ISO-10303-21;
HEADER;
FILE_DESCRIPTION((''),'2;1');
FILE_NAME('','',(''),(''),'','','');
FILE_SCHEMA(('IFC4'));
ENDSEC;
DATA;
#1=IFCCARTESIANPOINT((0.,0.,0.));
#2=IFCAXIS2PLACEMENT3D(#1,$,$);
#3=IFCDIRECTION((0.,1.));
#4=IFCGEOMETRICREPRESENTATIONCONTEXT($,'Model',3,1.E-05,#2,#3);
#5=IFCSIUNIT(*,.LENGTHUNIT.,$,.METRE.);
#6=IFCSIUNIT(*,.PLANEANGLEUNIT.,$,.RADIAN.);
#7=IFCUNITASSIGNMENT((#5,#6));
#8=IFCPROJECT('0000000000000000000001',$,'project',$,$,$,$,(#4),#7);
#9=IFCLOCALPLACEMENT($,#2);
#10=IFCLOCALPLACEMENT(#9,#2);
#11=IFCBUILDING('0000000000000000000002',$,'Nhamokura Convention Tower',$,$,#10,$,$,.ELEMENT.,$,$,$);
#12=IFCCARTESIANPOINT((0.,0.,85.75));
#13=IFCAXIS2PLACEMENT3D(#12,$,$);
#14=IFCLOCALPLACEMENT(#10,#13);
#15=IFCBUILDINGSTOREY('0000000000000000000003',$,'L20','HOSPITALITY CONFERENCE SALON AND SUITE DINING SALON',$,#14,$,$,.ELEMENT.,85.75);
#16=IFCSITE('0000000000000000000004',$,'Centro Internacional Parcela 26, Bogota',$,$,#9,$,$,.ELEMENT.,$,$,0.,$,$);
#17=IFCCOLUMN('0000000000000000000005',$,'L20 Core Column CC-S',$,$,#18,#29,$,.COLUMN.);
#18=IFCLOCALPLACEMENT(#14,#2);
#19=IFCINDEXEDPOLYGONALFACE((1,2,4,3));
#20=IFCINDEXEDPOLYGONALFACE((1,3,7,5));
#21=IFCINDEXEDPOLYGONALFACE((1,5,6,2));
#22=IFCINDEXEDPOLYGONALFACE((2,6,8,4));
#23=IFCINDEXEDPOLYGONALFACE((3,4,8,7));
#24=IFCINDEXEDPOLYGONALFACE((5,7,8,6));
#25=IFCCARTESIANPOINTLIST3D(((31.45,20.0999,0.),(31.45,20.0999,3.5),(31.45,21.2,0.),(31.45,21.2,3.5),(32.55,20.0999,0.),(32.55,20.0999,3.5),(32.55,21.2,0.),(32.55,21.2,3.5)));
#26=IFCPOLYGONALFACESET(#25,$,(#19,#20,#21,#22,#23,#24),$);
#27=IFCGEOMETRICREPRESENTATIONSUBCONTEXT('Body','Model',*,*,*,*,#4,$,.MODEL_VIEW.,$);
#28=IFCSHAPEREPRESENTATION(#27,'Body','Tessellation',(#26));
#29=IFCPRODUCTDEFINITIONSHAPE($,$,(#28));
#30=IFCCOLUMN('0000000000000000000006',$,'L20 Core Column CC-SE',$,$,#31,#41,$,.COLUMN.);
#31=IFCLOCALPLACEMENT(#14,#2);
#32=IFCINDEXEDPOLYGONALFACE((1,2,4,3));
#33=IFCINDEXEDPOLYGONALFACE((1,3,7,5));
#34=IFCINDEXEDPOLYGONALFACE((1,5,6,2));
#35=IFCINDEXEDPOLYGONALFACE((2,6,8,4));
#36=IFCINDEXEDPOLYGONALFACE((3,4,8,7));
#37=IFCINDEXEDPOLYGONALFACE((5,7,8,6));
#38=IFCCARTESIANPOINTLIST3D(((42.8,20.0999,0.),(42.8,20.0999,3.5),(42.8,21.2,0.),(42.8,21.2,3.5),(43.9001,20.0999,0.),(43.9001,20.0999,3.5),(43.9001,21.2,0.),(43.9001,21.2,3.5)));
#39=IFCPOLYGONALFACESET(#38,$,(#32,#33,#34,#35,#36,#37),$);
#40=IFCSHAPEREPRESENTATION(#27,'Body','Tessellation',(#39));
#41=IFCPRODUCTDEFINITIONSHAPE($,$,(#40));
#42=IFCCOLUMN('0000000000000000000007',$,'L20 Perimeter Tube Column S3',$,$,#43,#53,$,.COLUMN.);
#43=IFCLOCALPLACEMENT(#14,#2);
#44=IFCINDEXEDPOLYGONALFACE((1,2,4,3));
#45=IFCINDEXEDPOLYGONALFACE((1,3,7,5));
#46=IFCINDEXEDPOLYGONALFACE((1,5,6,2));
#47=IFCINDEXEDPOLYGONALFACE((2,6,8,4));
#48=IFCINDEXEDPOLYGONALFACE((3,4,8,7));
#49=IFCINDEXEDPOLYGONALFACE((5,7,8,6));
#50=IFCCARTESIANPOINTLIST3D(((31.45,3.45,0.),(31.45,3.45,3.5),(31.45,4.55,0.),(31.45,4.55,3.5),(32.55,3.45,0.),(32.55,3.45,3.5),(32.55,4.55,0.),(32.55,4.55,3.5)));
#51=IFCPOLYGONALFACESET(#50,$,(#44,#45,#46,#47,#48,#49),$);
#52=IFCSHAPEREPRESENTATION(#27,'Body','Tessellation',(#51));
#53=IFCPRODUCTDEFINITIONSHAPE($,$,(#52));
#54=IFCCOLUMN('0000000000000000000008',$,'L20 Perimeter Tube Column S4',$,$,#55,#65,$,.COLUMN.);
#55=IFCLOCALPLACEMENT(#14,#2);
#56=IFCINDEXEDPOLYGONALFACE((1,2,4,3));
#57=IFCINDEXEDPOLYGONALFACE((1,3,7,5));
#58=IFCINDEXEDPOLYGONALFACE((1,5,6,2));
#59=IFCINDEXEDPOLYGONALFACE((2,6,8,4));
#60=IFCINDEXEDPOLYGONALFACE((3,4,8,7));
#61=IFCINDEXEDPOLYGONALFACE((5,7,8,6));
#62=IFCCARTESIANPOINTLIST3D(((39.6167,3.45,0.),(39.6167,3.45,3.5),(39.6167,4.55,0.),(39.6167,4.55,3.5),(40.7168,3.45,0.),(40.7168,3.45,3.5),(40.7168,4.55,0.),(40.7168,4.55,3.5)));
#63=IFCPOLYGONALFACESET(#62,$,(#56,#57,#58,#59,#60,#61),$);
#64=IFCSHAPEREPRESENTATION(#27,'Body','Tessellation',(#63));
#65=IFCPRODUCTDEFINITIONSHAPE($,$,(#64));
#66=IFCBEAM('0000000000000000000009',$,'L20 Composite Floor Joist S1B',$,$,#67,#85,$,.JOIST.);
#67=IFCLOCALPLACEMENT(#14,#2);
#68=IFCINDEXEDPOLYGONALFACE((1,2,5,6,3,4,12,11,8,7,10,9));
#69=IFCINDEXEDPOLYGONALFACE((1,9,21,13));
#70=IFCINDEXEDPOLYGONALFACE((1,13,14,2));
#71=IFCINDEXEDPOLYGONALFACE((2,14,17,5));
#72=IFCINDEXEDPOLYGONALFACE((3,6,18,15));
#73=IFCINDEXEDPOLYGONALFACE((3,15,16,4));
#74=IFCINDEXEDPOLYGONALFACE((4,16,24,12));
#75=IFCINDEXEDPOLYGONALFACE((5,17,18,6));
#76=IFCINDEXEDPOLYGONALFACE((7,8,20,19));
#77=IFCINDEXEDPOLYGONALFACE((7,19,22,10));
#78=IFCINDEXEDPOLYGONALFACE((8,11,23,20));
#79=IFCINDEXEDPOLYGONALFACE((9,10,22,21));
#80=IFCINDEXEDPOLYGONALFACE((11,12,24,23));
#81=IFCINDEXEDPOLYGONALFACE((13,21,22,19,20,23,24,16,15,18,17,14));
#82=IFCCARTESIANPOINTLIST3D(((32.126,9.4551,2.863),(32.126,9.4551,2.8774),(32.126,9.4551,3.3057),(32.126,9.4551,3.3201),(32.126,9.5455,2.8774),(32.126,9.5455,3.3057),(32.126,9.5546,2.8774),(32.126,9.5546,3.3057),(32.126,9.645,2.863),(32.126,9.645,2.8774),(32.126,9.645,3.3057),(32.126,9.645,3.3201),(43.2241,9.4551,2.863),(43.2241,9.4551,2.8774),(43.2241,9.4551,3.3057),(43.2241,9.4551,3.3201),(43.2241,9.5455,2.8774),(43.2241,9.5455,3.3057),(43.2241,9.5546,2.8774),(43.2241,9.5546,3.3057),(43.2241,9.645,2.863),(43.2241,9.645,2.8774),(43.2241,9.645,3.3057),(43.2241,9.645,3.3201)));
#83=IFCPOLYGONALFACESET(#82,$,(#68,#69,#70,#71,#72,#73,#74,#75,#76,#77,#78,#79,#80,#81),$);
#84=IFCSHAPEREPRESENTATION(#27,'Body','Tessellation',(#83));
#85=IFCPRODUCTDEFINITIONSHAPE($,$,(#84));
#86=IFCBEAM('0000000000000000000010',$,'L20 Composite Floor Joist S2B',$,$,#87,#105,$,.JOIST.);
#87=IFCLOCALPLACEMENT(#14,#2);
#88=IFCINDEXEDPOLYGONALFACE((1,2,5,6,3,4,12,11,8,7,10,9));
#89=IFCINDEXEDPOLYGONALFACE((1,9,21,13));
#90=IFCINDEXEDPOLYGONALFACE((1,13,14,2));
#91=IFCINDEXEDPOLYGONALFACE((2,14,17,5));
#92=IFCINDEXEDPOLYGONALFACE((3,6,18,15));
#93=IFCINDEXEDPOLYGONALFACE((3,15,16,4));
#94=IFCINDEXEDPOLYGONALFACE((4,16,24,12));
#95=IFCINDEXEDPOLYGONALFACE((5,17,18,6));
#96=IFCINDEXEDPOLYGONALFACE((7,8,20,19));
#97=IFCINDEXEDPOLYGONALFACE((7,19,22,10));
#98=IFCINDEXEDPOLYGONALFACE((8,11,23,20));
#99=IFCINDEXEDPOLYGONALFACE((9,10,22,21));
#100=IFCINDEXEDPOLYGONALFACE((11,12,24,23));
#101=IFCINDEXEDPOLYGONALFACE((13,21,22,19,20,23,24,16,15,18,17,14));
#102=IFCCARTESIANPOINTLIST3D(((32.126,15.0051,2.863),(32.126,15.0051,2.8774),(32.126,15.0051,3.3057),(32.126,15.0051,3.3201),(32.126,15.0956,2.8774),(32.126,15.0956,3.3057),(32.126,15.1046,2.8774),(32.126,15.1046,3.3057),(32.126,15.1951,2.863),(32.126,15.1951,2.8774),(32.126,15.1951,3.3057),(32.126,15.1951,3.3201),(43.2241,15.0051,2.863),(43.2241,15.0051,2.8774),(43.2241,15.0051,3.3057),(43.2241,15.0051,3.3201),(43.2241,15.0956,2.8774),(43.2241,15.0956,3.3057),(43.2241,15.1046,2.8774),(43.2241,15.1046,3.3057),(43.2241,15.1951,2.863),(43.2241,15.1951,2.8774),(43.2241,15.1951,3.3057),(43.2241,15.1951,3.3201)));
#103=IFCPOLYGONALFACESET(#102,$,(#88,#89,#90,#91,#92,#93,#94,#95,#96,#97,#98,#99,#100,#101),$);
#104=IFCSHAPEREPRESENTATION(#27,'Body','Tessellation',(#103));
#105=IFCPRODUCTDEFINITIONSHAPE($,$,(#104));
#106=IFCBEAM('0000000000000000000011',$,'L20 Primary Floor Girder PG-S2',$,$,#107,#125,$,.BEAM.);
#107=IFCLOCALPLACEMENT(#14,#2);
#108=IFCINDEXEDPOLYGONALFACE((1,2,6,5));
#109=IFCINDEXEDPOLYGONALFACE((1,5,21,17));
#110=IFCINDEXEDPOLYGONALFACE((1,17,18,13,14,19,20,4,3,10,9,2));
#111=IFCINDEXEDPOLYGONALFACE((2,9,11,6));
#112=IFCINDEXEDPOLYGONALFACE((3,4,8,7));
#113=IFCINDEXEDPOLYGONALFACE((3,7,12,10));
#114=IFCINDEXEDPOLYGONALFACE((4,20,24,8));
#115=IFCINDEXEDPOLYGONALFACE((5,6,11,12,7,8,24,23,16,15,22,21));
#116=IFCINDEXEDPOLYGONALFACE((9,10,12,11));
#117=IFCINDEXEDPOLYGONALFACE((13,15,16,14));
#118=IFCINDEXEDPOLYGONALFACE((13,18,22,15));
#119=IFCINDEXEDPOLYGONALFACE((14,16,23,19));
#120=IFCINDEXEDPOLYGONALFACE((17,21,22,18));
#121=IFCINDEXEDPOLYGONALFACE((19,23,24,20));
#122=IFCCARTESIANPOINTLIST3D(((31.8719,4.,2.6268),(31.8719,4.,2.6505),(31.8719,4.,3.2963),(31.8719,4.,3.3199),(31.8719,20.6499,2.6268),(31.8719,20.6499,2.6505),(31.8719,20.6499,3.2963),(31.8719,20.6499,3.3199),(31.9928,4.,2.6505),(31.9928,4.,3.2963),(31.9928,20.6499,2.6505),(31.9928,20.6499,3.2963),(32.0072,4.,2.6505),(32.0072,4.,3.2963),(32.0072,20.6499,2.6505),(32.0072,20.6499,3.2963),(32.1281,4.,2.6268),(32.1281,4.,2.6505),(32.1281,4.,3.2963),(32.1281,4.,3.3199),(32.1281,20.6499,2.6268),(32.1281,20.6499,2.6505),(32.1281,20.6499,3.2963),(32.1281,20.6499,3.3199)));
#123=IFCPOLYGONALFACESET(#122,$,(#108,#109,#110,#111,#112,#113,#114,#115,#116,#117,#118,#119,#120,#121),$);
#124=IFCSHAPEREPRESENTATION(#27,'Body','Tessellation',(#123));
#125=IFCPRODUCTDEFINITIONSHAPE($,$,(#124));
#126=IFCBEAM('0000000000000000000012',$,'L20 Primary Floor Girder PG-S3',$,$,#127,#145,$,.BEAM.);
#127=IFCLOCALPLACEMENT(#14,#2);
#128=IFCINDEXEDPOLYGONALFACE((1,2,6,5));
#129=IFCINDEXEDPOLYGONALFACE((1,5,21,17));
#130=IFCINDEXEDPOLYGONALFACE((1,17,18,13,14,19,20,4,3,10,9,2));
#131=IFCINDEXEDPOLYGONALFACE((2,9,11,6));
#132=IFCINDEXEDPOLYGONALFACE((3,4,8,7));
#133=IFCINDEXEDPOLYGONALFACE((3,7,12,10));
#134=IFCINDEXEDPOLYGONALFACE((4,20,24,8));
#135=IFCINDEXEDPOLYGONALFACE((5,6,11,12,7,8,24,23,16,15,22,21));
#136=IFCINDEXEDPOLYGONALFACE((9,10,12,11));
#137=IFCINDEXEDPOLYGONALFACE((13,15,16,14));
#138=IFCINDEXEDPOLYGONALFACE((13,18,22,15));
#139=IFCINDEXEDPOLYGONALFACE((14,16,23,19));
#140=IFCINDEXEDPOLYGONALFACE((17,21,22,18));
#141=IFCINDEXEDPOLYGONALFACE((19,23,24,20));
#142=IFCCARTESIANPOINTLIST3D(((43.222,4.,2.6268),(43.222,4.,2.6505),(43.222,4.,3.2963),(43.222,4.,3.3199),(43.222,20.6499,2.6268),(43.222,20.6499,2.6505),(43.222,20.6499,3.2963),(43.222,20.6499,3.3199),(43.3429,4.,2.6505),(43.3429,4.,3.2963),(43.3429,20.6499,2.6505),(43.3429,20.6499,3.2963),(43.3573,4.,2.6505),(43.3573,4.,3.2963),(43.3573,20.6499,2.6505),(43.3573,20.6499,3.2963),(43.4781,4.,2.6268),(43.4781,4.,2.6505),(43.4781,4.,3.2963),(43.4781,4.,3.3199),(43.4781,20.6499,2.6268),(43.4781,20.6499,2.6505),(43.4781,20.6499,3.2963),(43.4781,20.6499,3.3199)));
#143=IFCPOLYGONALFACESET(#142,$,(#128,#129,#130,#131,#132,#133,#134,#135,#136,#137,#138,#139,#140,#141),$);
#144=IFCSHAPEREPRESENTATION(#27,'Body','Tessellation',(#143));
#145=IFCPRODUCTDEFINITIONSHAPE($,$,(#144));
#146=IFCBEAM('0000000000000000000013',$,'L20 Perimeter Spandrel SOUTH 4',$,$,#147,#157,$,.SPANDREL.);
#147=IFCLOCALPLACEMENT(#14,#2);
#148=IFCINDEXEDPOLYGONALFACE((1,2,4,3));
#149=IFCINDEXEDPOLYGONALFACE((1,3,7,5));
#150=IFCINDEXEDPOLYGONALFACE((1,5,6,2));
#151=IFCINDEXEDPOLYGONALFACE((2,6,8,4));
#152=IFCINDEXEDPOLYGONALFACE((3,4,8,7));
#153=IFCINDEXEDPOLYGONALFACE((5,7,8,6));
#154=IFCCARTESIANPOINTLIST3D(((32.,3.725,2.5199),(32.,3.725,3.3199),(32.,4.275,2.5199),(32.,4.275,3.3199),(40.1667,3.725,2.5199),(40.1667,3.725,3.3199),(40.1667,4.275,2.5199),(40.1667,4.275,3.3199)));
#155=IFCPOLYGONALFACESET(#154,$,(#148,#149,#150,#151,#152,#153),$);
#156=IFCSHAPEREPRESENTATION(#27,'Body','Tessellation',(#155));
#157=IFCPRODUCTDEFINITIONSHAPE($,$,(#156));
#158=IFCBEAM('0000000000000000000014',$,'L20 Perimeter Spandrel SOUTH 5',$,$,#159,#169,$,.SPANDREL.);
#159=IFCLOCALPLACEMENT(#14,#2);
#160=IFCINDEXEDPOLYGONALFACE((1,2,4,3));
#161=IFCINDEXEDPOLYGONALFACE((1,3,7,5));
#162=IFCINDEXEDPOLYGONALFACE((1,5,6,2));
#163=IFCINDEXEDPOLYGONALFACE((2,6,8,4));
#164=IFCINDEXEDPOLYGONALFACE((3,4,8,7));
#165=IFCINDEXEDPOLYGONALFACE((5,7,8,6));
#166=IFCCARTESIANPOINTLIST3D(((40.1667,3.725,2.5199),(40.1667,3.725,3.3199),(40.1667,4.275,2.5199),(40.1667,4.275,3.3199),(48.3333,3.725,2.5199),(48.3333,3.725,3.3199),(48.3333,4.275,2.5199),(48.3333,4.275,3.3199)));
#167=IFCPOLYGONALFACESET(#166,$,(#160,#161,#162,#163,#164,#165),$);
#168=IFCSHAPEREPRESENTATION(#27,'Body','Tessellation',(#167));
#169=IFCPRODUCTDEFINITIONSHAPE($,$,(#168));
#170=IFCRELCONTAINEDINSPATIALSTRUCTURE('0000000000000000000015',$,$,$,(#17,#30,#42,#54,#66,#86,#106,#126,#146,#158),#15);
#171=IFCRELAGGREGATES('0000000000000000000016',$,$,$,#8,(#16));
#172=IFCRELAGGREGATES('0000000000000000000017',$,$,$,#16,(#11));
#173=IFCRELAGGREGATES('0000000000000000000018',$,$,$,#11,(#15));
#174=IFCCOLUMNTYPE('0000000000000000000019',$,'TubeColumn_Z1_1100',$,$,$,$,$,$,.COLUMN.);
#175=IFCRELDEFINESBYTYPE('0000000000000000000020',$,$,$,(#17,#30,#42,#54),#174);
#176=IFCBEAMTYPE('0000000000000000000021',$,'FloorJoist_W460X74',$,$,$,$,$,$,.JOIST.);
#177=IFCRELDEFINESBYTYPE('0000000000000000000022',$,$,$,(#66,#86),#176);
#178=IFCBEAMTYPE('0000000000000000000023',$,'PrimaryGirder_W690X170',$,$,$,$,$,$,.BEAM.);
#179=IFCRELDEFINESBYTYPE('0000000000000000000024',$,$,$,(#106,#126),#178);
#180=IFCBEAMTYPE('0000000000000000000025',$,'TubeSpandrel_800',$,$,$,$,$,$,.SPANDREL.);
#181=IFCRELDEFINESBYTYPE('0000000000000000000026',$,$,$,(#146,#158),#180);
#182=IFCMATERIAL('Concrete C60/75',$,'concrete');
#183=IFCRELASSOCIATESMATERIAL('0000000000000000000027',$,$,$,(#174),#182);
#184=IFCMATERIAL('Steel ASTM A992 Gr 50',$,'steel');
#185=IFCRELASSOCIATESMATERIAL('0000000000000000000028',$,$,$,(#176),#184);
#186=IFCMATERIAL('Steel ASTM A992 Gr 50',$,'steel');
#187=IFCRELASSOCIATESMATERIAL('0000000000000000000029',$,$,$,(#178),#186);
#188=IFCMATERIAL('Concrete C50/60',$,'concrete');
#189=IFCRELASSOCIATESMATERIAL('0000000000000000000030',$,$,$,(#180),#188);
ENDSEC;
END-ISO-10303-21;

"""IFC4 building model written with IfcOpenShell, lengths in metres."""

from ifc_helpers import new_model, si_unit, direction, frame, origin, origin_2d, place, context, subcontext, project, spatial, rectangle, i_section, extrude, material, material_profile, profile_set, type_object, element, save


model = new_model("IFC4")

# Units and contexts
model_context = context("Model", 3, precision=1e-05, world=origin(), true_north=direction((0.0, 1.0)))
body_context = subcontext(model_context, "Body", "Model", "MODEL_VIEW")
ifc_project = project(units=[si_unit("LENGTHUNIT", "METRE"), si_unit("PLANEANGLEUNIT", "RADIAN")], contexts=[model_context])

# Site, building, storey
site_placement = place(None, origin())
site = spatial("IfcSite", under=ifc_project, at=site_placement, Name="Centro Internacional Parcela 26, Bogota", CompositionType="ELEMENT", RefElevation=0.0)
building_placement = place(site_placement, origin())
building = spatial("IfcBuilding", under=site, at=building_placement, Name="Nhamokura Convention Tower", CompositionType="ELEMENT")
storey_placement = place(building_placement, frame((0.0, 0.0, 85.75)))
storey = spatial("IfcBuildingStorey", under=building, at=storey_placement, Name="L20", Description="HOSPITALITY CONFERENCE SALON AND SUITE DINING SALON", CompositionType="ELEMENT", Elevation=85.75)

# Columns
ifc_material_1 = material(Name="Concrete C60/75", Category="concrete")
ifc_material_profile_1 = material_profile(ifc_material_1, rectangle(XDim=1.1001, YDim=1.1001, at=origin_2d()))
ifc_profile_set_1 = profile_set([ifc_material_profile_1], Name="Concrete C60/75")
column_type = type_object("IfcColumnType", Name="TubeColumn_Z1_1100", PredefinedType="COLUMN", material=ifc_profile_set_1)
for number, where, z_axis, x_axis, name in (
    (1, (32.0, 20.6499, 0.0), (0.0, 0.0, 1.0), (1.0, 0.0, 0.0), "L20 Core Column CC-S"),
    (2, (43.3501, 20.6499, 0.0), (0.0, 0.0, 1.0), (1.0, 0.0, 0.0), "L20 Core Column CC-SE"),
    (3, (32.0, 4.0, 0.0), (0.0, 0.0, 1.0), (1.0, 0.0, 0.0), "L20 Perimeter Tube Column S3"),
    (4, (40.1667, 4.0, 0.0), (0.0, 0.0, 1.0), (1.0, 0.0, 0.0), "L20 Perimeter Tube Column S4"),
):
    element("IfcColumn", number, at=place(storey_placement, frame(where, z_axis=z_axis, x_axis=x_axis)), inside=storey, type_object=column_type, Name=name, PredefinedType="COLUMN", context=body_context, shape_type="SweptSolid", body=[
        extrude(rectangle(XDim=1.1001, YDim=1.1001, at=origin_2d()), origin(), (0.0, 0.0, 1.0), 3.5),
    ])

# Beams
ifc_material_2 = material(Name="Steel ASTM A992 Gr 50", Category="steel")
ifc_material_profile_2 = material_profile(ifc_material_2, i_section(OverallWidth=0.1899, OverallDepth=0.457, WebThickness=0.009, FlangeThickness=0.0144, at=origin_2d()))
ifc_profile_set_2 = profile_set([ifc_material_profile_2], Name="Steel ASTM A992 Gr 50")
beam_type_1 = type_object("IfcBeamType", Name="FloorJoist_W460X74", PredefinedType="JOIST", material=ifc_profile_set_2)
for number, where, z_axis, x_axis, name in (
    (5, (32.126, 9.55, 3.0916), (1.0, 0.0, 0.0), (0.0, 1.0, 0.0), "L20 Composite Floor Joist S1B"),
    (6, (32.126, 15.1001, 3.0916), (1.0, 0.0, 0.0), (0.0, 1.0, 0.0), "L20 Composite Floor Joist S2B"),
):
    element("IfcBeam", number, at=place(storey_placement, frame(where, z_axis=z_axis, x_axis=x_axis)), inside=storey, type_object=beam_type_1, Name=name, PredefinedType="JOIST", context=body_context, shape_type="SweptSolid", body=[
        extrude(i_section(OverallWidth=0.1899, OverallDepth=0.457, WebThickness=0.009, FlangeThickness=0.0144, at=origin_2d()), origin(), (0.0, 0.0, 1.0), 11.0981),
    ])
ifc_material_3 = material(Name="Steel ASTM A992 Gr 50", Category="steel")
ifc_material_profile_3 = material_profile(ifc_material_3, i_section(OverallWidth=0.2561, OverallDepth=0.6931, WebThickness=0.0144, FlangeThickness=0.0237, at=origin_2d()))
ifc_profile_set_3 = profile_set([ifc_material_profile_3], Name="Steel ASTM A992 Gr 50")
beam_type_2 = type_object("IfcBeamType", Name="PrimaryGirder_W690X170", PredefinedType="BEAM", material=ifc_profile_set_3)
for number, where, z_axis, x_axis, name in (
    (7, (32.0, 4.0, 2.9734), (0.0, 1.0, 0.0), (-1.0, 0.0, 0.0), "L20 Primary Floor Girder PG-S2"),
    (8, (43.3501, 4.0, 2.9734), (0.0, 1.0, 0.0), (-1.0, 0.0, 0.0), "L20 Primary Floor Girder PG-S3"),
):
    element("IfcBeam", number, at=place(storey_placement, frame(where, z_axis=z_axis, x_axis=x_axis)), inside=storey, type_object=beam_type_2, Name=name, PredefinedType="BEAM", context=body_context, shape_type="SweptSolid", body=[
        extrude(i_section(OverallWidth=0.2561, OverallDepth=0.6931, WebThickness=0.0144, FlangeThickness=0.0237, at=origin_2d()), origin(), (0.0, 0.0, 1.0), 16.6499),
    ])
ifc_material_4 = material(Name="Concrete C50/60", Category="concrete")
ifc_material_profile_4 = material_profile(ifc_material_4, rectangle(XDim=0.55, YDim=0.8, at=origin_2d()))
ifc_profile_set_4 = profile_set([ifc_material_profile_4], Name="Concrete C50/60")
beam_type_3 = type_object("IfcBeamType", Name="TubeSpandrel_800", PredefinedType="SPANDREL", material=ifc_profile_set_4)
beam_1_placement = place(storey_placement, frame((32.0, 4.0, 2.9199), z_axis=(1.0, 0.0, 0.0), x_axis=(0.0, 1.0, 0.0)))
element("IfcBeam", 9, at=beam_1_placement, inside=storey, type_object=beam_type_3, Name="L20 Perimeter Spandrel SOUTH 4", PredefinedType="SPANDREL", context=body_context, shape_type="SweptSolid", body=[
    extrude(rectangle(XDim=0.55, YDim=0.8, at=origin_2d()), origin(), (0.0, 0.0, 1.0), 8.1667),
])
beam_2_placement = place(storey_placement, frame((40.1667, 4.0, 2.9199), z_axis=(1.0, 0.0, 0.0), x_axis=(0.0, 1.0, 0.0)))
element("IfcBeam", 10, at=beam_2_placement, inside=storey, type_object=beam_type_3, Name="L20 Perimeter Spandrel SOUTH 5", PredefinedType="SPANDREL", context=body_context, shape_type="SweptSolid", body=[
    extrude(rectangle(XDim=0.55, YDim=0.8, at=origin_2d()), origin(), (0.0, 0.0, 1.0), 8.1665),
])

save(model, "model.ifc")
